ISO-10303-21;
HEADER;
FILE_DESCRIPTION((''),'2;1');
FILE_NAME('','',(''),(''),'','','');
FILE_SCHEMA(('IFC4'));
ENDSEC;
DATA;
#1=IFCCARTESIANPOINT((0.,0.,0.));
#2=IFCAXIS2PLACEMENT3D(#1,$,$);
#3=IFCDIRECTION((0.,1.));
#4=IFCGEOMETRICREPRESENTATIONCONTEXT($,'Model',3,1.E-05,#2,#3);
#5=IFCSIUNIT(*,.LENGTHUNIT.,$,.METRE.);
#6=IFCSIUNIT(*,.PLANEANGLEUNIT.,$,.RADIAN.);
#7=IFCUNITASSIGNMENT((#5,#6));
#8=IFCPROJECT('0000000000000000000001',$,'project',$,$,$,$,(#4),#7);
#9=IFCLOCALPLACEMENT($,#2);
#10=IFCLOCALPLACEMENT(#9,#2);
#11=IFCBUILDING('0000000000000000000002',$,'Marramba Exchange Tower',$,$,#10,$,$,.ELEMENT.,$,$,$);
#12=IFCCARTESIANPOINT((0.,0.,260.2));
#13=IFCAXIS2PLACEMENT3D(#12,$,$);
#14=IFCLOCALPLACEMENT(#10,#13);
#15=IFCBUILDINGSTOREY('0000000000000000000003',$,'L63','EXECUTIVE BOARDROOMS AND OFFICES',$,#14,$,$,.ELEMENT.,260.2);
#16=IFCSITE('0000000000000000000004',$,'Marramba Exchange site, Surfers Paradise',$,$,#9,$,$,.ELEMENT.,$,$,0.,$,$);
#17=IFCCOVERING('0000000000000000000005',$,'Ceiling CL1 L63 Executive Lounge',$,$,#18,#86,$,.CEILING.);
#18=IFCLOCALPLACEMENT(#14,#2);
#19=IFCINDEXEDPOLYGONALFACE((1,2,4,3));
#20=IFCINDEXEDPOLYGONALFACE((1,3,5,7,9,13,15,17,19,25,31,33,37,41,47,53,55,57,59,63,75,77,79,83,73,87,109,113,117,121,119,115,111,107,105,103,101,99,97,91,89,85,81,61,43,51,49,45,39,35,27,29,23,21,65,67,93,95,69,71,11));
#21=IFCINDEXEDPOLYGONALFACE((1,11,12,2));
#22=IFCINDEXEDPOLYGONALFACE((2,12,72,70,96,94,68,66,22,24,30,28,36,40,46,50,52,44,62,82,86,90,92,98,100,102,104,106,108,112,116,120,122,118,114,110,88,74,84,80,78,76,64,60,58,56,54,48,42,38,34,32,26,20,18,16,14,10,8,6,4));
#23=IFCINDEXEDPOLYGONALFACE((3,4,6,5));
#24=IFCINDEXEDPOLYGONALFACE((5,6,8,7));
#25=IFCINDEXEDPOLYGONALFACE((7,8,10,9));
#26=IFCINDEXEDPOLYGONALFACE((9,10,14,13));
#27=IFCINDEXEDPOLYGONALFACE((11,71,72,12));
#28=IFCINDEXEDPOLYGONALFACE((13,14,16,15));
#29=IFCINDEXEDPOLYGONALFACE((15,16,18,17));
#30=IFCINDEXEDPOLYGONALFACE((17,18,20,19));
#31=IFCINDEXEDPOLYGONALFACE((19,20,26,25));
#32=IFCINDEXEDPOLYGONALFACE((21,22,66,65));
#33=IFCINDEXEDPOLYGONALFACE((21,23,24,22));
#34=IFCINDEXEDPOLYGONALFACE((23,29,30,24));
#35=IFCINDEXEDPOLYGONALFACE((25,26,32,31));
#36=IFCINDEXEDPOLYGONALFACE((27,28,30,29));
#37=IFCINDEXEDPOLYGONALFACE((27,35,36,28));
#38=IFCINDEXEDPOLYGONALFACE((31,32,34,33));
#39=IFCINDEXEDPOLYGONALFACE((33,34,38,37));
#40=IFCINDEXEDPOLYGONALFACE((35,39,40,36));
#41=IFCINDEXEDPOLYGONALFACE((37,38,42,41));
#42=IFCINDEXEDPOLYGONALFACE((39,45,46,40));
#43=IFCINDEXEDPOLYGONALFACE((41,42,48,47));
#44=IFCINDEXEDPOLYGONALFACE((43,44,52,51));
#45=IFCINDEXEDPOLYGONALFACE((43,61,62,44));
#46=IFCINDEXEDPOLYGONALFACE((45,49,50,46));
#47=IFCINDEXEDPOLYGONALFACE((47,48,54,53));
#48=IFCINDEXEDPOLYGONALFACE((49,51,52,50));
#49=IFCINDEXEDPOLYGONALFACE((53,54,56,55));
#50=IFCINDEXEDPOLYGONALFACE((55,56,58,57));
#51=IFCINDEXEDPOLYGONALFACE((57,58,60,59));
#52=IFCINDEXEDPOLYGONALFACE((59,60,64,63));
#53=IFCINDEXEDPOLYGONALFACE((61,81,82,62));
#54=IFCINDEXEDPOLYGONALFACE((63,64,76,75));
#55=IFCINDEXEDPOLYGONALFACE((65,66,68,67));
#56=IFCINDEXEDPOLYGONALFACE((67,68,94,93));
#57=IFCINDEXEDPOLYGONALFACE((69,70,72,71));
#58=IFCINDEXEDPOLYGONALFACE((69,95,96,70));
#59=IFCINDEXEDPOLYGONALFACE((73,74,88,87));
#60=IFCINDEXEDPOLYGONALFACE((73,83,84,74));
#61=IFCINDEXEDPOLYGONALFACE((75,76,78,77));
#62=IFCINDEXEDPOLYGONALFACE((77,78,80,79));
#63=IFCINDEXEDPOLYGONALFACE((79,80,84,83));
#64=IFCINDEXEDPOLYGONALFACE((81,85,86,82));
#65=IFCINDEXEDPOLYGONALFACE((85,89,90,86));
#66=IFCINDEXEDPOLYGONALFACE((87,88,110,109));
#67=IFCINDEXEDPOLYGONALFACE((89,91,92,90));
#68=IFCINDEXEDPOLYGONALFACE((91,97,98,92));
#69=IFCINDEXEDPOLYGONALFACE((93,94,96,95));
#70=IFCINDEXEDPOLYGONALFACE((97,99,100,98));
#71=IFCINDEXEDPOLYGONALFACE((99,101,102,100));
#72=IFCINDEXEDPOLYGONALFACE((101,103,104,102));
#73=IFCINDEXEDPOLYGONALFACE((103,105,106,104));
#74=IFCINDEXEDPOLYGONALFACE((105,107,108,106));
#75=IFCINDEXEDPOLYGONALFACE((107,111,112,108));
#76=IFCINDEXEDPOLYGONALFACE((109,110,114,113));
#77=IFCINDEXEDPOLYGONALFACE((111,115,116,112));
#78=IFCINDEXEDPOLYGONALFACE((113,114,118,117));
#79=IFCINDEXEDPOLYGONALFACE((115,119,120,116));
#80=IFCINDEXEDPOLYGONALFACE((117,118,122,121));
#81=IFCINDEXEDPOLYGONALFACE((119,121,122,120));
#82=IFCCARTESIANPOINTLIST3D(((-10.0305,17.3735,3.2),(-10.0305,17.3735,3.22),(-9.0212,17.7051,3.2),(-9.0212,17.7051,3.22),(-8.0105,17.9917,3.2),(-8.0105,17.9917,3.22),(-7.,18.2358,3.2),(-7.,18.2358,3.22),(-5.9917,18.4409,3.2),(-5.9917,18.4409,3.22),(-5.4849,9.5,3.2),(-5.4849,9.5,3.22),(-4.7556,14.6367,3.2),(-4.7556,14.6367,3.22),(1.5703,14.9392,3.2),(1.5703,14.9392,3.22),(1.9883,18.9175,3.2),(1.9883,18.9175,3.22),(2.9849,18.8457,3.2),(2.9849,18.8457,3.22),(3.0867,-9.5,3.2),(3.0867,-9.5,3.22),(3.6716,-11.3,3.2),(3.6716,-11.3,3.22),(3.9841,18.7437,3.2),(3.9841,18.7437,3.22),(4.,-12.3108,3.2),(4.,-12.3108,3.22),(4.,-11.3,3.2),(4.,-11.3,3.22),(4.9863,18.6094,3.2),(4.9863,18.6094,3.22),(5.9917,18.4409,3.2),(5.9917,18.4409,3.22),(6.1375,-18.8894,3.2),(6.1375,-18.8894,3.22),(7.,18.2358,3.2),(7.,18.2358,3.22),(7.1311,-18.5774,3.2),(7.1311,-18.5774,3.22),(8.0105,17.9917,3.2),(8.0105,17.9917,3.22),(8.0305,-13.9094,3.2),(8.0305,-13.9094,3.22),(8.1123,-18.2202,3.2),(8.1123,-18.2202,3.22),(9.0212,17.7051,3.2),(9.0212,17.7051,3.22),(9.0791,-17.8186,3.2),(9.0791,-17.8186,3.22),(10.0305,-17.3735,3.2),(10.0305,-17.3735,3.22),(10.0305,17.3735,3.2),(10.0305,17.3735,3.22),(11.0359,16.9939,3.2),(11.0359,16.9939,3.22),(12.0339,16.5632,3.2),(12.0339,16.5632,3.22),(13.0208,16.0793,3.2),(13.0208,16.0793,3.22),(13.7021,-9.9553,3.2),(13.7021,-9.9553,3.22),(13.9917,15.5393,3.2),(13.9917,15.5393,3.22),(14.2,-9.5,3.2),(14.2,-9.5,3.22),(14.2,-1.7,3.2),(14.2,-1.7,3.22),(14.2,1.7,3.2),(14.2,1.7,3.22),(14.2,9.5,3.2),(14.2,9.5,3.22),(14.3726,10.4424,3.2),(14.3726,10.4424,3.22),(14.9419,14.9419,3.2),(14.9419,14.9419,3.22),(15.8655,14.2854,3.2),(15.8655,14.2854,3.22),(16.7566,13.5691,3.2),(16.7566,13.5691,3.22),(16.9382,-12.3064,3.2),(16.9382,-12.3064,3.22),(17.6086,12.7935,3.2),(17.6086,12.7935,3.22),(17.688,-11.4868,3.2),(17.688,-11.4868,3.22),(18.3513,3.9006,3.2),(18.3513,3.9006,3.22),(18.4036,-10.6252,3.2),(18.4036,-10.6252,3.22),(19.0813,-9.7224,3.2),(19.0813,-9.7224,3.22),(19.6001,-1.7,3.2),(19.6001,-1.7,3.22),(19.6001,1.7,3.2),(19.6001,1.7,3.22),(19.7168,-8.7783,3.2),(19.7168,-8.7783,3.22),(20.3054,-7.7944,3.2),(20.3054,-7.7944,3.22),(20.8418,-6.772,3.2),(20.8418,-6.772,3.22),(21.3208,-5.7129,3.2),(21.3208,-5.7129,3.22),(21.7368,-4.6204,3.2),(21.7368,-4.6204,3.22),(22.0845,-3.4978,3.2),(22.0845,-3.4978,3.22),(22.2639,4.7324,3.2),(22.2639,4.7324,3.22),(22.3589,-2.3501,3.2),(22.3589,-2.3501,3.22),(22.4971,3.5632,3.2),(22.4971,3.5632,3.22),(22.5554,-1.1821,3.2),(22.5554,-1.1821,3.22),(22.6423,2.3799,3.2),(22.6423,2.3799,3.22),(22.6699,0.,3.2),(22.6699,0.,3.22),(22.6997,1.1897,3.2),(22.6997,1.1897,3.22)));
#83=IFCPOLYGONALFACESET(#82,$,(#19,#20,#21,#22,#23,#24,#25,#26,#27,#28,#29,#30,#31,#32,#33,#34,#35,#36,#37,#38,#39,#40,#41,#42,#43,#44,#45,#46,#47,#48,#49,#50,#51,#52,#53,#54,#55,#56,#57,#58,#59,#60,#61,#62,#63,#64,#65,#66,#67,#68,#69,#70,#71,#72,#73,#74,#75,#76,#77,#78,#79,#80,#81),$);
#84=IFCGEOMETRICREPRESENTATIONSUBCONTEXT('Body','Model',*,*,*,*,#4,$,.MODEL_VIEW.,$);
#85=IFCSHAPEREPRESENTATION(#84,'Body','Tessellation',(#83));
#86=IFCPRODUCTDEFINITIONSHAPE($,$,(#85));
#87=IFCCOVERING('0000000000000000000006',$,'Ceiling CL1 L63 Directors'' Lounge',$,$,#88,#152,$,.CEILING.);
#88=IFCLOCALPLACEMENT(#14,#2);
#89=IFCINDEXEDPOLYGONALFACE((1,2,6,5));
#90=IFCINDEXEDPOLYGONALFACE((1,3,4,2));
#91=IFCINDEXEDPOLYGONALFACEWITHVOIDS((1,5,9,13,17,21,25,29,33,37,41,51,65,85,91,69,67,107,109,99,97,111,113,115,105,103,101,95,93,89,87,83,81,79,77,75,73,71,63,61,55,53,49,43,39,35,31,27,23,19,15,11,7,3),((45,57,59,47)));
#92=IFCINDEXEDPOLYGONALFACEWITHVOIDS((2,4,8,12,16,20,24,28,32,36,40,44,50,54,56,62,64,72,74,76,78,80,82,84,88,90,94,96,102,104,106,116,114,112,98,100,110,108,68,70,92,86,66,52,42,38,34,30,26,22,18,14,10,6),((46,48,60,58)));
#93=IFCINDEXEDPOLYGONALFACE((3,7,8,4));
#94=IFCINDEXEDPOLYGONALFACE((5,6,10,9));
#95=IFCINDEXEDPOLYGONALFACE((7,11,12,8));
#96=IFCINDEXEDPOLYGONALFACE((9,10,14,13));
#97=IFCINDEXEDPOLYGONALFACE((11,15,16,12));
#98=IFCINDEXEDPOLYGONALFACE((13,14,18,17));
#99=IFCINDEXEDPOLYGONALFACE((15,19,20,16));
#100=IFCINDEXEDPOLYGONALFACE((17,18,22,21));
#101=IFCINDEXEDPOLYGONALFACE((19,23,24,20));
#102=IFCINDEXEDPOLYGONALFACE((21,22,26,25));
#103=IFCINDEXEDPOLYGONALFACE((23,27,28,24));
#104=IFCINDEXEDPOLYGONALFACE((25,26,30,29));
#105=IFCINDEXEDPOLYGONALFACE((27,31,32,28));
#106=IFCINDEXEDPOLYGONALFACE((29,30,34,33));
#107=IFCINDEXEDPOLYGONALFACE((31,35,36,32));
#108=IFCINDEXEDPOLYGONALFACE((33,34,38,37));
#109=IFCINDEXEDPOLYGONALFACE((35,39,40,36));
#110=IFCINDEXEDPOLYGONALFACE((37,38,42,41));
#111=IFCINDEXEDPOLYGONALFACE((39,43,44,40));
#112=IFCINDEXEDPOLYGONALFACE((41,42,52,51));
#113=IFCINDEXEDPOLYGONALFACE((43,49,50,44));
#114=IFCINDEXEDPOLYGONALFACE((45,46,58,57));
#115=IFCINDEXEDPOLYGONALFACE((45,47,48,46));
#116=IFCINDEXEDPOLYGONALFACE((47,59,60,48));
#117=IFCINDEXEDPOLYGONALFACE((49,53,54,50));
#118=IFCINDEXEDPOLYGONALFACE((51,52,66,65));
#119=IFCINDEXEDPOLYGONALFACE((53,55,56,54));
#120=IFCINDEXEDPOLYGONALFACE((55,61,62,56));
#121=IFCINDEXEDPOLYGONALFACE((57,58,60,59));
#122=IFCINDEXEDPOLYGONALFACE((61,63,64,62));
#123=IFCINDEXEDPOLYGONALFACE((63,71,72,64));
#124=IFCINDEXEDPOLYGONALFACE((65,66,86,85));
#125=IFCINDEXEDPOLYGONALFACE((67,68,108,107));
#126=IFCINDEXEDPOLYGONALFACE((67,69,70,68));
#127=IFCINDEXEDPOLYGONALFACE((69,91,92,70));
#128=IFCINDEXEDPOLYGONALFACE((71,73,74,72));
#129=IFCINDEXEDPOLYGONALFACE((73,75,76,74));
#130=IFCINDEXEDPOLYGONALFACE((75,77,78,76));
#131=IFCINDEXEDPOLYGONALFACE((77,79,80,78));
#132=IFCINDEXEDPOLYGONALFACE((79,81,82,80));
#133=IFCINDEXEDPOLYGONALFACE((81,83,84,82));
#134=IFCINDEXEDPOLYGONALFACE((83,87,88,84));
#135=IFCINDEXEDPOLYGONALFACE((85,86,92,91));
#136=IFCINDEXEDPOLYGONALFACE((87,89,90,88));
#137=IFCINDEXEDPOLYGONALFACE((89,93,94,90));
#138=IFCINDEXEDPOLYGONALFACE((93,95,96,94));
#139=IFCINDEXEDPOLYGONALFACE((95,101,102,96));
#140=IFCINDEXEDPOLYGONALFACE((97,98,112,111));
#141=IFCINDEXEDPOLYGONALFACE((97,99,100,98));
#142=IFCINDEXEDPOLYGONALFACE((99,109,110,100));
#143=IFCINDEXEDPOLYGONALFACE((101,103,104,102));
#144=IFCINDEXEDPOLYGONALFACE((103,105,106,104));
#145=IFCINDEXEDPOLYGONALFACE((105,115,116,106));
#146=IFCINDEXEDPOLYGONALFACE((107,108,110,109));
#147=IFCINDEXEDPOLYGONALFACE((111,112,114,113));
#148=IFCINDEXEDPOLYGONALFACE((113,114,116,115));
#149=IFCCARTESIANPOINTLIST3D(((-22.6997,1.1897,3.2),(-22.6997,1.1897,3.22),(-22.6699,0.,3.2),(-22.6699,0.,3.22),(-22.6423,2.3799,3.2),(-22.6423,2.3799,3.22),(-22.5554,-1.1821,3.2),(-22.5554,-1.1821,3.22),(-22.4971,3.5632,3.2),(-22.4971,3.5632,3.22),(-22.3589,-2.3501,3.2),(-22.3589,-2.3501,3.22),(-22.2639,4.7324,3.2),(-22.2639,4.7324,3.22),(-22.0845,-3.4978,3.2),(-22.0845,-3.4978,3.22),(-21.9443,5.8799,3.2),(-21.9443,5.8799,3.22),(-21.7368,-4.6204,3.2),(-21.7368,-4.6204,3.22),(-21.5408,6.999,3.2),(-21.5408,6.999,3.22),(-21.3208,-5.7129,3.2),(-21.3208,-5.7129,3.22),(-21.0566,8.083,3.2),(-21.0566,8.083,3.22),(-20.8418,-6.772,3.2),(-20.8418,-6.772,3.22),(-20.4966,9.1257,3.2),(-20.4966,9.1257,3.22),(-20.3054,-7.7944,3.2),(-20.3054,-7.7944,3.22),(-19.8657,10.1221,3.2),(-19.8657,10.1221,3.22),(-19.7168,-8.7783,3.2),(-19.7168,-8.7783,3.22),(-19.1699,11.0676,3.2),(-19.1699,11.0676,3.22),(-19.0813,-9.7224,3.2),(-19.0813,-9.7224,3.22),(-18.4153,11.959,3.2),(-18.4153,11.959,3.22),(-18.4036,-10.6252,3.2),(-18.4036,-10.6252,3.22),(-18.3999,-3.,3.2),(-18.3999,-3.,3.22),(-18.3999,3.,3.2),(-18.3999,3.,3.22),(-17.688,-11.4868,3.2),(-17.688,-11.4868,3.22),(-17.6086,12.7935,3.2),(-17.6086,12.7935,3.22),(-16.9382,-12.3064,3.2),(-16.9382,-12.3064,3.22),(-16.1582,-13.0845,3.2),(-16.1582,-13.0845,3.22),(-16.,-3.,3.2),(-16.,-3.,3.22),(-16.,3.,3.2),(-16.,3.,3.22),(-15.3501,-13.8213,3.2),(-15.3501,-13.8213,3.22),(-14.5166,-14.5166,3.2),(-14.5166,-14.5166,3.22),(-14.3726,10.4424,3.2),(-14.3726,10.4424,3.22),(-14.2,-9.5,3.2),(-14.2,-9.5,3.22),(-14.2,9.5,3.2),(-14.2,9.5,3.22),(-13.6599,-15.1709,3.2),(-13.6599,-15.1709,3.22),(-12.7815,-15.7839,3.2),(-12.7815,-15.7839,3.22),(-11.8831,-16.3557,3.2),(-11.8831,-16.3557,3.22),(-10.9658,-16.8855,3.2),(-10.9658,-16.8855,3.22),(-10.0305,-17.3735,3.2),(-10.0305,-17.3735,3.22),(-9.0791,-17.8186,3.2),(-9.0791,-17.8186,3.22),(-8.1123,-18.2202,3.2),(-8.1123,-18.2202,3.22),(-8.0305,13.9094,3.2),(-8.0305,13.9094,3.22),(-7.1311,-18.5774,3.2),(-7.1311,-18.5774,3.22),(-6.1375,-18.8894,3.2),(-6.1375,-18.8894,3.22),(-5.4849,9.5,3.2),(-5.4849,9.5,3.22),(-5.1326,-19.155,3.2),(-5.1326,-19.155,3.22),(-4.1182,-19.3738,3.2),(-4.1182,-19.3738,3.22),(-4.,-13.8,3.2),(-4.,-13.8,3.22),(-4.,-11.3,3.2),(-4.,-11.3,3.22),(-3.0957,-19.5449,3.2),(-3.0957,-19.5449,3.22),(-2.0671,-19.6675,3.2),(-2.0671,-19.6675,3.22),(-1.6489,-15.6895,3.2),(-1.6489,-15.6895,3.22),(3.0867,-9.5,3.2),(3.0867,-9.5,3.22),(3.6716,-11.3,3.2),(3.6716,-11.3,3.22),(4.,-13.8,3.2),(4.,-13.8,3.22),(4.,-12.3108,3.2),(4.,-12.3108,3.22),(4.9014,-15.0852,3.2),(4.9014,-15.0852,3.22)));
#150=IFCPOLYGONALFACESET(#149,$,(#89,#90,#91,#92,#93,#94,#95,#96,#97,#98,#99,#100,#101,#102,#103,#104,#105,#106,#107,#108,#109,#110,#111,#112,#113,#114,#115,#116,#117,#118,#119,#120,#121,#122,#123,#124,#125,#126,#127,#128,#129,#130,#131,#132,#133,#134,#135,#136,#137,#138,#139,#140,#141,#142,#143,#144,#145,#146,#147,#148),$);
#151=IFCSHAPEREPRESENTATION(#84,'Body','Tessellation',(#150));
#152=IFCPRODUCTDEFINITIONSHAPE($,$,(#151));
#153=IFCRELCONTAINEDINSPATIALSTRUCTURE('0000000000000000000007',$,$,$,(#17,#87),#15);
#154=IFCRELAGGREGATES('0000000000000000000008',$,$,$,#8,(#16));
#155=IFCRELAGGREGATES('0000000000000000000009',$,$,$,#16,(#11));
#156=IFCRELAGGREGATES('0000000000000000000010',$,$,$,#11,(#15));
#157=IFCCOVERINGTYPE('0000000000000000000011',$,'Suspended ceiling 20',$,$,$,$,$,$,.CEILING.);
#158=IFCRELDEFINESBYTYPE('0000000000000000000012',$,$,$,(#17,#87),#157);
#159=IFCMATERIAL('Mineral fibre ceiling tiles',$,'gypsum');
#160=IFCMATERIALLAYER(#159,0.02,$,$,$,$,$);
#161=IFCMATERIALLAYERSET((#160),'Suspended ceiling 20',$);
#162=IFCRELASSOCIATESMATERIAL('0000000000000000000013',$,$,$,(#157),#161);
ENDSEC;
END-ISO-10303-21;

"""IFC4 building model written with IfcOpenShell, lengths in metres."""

from ifc_helpers import new_model, si_unit, direction, frame, origin, place, context, subcontext, project, spatial, polyline, outline, extrude, material, layer, layer_set, type_object, element, save


model = new_model("IFC4")

# Units and contexts
model_context = context("Model", 3, precision=1e-05, world=origin(), true_north=direction((0.0, 1.0)))
body_context = subcontext(model_context, "Body", "Model", "MODEL_VIEW")
ifc_project = project(units=[si_unit("LENGTHUNIT", "METRE"), si_unit("PLANEANGLEUNIT", "RADIAN")], contexts=[model_context])

# Site, building, storey
site_placement = place(None, origin())
site = spatial("IfcSite", under=ifc_project, at=site_placement, Name="Marramba Exchange site, Surfers Paradise", CompositionType="ELEMENT", RefElevation=0.0)
building_placement = place(site_placement, origin())
building = spatial("IfcBuilding", under=site, at=building_placement, Name="Marramba Exchange Tower", CompositionType="ELEMENT")
storey_placement = place(building_placement, frame((0.0, 0.0, 260.2)))
storey = spatial("IfcBuildingStorey", under=building, at=storey_placement, Name="L63", Description="EXECUTIVE BOARDROOMS AND OFFICES", CompositionType="ELEMENT", Elevation=260.2)

# Coverings
ifc_material_1 = material(Name="Mineral fibre ceiling tiles", Category="gypsum")
ifc_layer_1 = layer(ifc_material_1, 0.02)
ifc_layer_set_1 = layer_set([ifc_layer_1], Name="Suspended ceiling 20")
covering_type = type_object("IfcCoveringType", Name="Suspended ceiling 20", PredefinedType="CEILING", material=ifc_layer_set_1)
covering_1_placement = place(storey_placement, frame((0.0, 0.0, 3.2)))
element("IfcCovering", 1, at=covering_1_placement, inside=storey, type_object=covering_type, Name="Ceiling CL1 L63 Executive Lounge", PredefinedType="CEILING", context=body_context, shape_type="SweptSolid", body=[
    extrude(outline(polyline([(14.2, -1.7), (19.6001, -1.7), (19.6001, 1.7), (14.2, 1.7), (14.2, 9.5), (-5.4849, 9.5), (-10.0305, 17.3735), (-9.0212, 17.7051), (-8.0105, 17.9917), (-7.0, 18.2358), (-5.9917, 18.4409), (-4.7556, 14.6367), (1.5703, 14.9392), (1.9883, 18.9175), (2.9849, 18.8457), (3.9841, 18.7437), (4.9863, 18.6094), (5.9917, 18.4409), (7.0, 18.2358), (8.0105, 17.9917), (9.0212, 17.7051), (10.0305, 17.3735), (11.0359, 16.9939), (12.0339, 16.5632), (13.0208, 16.0793), (13.9917, 15.5393), (14.9419, 14.9419), (15.8655, 14.2854), (16.7566, 13.5691), (17.6086, 12.7935), (14.3726, 10.4424), (18.3513, 3.9006), (22.2639, 4.7324), (22.4971, 3.5632), (22.6423, 2.3799), (22.6997, 1.1897), (22.6699, 0.0), (22.5554, -1.1821), (22.3589, -2.3501), (22.0845, -3.4978), (21.7368, -4.6204), (21.3208, -5.7129), (20.8418, -6.772), (20.3054, -7.7944), (19.7168, -8.7783), (19.0813, -9.7224), (18.4036, -10.6252), (17.688, -11.4868), (16.9382, -12.3064), (13.7021, -9.9553), (8.0305, -13.9094), (10.0305, -17.3735), (9.0791, -17.8186), (8.1123, -18.2202), (7.1311, -18.5774), (6.1375, -18.8894), (4.0, -12.3108), (4.0, -11.3), (3.6716, -11.3), (3.0867, -9.5), (14.2, -9.5), (14.2, -1.7)])), origin(), (0.0, 0.0, 1.0), 0.02),
])
covering_2_placement = place(storey_placement, frame((0.0, 0.0, 3.2)))
element("IfcCovering", 2, at=covering_2_placement, inside=storey, type_object=covering_type, Name="Ceiling CL1 L63 Directors' Lounge", PredefinedType="CEILING", context=body_context, shape_type="SweptSolid", body=[
    extrude(outline(polyline([(-14.2, -9.5), (3.0867, -9.5), (3.6716, -11.3), (-4.0, -11.3), (-4.0, -13.8), (4.0, -13.8), (4.0, -12.3108), (4.9014, -15.0852), (-1.6489, -15.6895), (-2.0671, -19.6675), (-3.0957, -19.5449), (-4.1182, -19.3738), (-5.1326, -19.155), (-6.1375, -18.8894), (-7.1311, -18.5774), (-8.1123, -18.2202), (-9.0791, -17.8186), (-10.0305, -17.3735), (-10.9658, -16.8855), (-11.8831, -16.3557), (-12.7815, -15.7839), (-13.6599, -15.1709), (-14.5166, -14.5166), (-15.3501, -13.8213), (-16.1582, -13.0845), (-16.9382, -12.3064), (-17.688, -11.4868), (-18.4036, -10.6252), (-19.0813, -9.7224), (-19.7168, -8.7783), (-20.3054, -7.7944), (-20.8418, -6.772), (-21.3208, -5.7129), (-21.7368, -4.6204), (-22.0845, -3.4978), (-22.3589, -2.3501), (-22.5554, -1.1821), (-22.6699, 0.0), (-22.6997, 1.1897), (-22.6423, 2.3799), (-22.4971, 3.5632), (-22.2639, 4.7324), (-21.9443, 5.8799), (-21.5408, 6.999), (-21.0566, 8.083), (-20.4966, 9.1257), (-19.8657, 10.1221), (-19.1699, 11.0676), (-18.4153, 11.959), (-17.6086, 12.7935), (-14.3726, 10.4424), (-8.0305, 13.9094), (-5.4849, 9.5), (-14.2, 9.5), (-14.2, -9.5)]), holes=[polyline([(-18.3999, -3.0), (-16.0, -3.0), (-16.0, 3.0), (-18.3999, 3.0), (-18.3999, -3.0)])]), origin(), (0.0, 0.0, 1.0), 0.02),
])

save(model, "model.ifc")
